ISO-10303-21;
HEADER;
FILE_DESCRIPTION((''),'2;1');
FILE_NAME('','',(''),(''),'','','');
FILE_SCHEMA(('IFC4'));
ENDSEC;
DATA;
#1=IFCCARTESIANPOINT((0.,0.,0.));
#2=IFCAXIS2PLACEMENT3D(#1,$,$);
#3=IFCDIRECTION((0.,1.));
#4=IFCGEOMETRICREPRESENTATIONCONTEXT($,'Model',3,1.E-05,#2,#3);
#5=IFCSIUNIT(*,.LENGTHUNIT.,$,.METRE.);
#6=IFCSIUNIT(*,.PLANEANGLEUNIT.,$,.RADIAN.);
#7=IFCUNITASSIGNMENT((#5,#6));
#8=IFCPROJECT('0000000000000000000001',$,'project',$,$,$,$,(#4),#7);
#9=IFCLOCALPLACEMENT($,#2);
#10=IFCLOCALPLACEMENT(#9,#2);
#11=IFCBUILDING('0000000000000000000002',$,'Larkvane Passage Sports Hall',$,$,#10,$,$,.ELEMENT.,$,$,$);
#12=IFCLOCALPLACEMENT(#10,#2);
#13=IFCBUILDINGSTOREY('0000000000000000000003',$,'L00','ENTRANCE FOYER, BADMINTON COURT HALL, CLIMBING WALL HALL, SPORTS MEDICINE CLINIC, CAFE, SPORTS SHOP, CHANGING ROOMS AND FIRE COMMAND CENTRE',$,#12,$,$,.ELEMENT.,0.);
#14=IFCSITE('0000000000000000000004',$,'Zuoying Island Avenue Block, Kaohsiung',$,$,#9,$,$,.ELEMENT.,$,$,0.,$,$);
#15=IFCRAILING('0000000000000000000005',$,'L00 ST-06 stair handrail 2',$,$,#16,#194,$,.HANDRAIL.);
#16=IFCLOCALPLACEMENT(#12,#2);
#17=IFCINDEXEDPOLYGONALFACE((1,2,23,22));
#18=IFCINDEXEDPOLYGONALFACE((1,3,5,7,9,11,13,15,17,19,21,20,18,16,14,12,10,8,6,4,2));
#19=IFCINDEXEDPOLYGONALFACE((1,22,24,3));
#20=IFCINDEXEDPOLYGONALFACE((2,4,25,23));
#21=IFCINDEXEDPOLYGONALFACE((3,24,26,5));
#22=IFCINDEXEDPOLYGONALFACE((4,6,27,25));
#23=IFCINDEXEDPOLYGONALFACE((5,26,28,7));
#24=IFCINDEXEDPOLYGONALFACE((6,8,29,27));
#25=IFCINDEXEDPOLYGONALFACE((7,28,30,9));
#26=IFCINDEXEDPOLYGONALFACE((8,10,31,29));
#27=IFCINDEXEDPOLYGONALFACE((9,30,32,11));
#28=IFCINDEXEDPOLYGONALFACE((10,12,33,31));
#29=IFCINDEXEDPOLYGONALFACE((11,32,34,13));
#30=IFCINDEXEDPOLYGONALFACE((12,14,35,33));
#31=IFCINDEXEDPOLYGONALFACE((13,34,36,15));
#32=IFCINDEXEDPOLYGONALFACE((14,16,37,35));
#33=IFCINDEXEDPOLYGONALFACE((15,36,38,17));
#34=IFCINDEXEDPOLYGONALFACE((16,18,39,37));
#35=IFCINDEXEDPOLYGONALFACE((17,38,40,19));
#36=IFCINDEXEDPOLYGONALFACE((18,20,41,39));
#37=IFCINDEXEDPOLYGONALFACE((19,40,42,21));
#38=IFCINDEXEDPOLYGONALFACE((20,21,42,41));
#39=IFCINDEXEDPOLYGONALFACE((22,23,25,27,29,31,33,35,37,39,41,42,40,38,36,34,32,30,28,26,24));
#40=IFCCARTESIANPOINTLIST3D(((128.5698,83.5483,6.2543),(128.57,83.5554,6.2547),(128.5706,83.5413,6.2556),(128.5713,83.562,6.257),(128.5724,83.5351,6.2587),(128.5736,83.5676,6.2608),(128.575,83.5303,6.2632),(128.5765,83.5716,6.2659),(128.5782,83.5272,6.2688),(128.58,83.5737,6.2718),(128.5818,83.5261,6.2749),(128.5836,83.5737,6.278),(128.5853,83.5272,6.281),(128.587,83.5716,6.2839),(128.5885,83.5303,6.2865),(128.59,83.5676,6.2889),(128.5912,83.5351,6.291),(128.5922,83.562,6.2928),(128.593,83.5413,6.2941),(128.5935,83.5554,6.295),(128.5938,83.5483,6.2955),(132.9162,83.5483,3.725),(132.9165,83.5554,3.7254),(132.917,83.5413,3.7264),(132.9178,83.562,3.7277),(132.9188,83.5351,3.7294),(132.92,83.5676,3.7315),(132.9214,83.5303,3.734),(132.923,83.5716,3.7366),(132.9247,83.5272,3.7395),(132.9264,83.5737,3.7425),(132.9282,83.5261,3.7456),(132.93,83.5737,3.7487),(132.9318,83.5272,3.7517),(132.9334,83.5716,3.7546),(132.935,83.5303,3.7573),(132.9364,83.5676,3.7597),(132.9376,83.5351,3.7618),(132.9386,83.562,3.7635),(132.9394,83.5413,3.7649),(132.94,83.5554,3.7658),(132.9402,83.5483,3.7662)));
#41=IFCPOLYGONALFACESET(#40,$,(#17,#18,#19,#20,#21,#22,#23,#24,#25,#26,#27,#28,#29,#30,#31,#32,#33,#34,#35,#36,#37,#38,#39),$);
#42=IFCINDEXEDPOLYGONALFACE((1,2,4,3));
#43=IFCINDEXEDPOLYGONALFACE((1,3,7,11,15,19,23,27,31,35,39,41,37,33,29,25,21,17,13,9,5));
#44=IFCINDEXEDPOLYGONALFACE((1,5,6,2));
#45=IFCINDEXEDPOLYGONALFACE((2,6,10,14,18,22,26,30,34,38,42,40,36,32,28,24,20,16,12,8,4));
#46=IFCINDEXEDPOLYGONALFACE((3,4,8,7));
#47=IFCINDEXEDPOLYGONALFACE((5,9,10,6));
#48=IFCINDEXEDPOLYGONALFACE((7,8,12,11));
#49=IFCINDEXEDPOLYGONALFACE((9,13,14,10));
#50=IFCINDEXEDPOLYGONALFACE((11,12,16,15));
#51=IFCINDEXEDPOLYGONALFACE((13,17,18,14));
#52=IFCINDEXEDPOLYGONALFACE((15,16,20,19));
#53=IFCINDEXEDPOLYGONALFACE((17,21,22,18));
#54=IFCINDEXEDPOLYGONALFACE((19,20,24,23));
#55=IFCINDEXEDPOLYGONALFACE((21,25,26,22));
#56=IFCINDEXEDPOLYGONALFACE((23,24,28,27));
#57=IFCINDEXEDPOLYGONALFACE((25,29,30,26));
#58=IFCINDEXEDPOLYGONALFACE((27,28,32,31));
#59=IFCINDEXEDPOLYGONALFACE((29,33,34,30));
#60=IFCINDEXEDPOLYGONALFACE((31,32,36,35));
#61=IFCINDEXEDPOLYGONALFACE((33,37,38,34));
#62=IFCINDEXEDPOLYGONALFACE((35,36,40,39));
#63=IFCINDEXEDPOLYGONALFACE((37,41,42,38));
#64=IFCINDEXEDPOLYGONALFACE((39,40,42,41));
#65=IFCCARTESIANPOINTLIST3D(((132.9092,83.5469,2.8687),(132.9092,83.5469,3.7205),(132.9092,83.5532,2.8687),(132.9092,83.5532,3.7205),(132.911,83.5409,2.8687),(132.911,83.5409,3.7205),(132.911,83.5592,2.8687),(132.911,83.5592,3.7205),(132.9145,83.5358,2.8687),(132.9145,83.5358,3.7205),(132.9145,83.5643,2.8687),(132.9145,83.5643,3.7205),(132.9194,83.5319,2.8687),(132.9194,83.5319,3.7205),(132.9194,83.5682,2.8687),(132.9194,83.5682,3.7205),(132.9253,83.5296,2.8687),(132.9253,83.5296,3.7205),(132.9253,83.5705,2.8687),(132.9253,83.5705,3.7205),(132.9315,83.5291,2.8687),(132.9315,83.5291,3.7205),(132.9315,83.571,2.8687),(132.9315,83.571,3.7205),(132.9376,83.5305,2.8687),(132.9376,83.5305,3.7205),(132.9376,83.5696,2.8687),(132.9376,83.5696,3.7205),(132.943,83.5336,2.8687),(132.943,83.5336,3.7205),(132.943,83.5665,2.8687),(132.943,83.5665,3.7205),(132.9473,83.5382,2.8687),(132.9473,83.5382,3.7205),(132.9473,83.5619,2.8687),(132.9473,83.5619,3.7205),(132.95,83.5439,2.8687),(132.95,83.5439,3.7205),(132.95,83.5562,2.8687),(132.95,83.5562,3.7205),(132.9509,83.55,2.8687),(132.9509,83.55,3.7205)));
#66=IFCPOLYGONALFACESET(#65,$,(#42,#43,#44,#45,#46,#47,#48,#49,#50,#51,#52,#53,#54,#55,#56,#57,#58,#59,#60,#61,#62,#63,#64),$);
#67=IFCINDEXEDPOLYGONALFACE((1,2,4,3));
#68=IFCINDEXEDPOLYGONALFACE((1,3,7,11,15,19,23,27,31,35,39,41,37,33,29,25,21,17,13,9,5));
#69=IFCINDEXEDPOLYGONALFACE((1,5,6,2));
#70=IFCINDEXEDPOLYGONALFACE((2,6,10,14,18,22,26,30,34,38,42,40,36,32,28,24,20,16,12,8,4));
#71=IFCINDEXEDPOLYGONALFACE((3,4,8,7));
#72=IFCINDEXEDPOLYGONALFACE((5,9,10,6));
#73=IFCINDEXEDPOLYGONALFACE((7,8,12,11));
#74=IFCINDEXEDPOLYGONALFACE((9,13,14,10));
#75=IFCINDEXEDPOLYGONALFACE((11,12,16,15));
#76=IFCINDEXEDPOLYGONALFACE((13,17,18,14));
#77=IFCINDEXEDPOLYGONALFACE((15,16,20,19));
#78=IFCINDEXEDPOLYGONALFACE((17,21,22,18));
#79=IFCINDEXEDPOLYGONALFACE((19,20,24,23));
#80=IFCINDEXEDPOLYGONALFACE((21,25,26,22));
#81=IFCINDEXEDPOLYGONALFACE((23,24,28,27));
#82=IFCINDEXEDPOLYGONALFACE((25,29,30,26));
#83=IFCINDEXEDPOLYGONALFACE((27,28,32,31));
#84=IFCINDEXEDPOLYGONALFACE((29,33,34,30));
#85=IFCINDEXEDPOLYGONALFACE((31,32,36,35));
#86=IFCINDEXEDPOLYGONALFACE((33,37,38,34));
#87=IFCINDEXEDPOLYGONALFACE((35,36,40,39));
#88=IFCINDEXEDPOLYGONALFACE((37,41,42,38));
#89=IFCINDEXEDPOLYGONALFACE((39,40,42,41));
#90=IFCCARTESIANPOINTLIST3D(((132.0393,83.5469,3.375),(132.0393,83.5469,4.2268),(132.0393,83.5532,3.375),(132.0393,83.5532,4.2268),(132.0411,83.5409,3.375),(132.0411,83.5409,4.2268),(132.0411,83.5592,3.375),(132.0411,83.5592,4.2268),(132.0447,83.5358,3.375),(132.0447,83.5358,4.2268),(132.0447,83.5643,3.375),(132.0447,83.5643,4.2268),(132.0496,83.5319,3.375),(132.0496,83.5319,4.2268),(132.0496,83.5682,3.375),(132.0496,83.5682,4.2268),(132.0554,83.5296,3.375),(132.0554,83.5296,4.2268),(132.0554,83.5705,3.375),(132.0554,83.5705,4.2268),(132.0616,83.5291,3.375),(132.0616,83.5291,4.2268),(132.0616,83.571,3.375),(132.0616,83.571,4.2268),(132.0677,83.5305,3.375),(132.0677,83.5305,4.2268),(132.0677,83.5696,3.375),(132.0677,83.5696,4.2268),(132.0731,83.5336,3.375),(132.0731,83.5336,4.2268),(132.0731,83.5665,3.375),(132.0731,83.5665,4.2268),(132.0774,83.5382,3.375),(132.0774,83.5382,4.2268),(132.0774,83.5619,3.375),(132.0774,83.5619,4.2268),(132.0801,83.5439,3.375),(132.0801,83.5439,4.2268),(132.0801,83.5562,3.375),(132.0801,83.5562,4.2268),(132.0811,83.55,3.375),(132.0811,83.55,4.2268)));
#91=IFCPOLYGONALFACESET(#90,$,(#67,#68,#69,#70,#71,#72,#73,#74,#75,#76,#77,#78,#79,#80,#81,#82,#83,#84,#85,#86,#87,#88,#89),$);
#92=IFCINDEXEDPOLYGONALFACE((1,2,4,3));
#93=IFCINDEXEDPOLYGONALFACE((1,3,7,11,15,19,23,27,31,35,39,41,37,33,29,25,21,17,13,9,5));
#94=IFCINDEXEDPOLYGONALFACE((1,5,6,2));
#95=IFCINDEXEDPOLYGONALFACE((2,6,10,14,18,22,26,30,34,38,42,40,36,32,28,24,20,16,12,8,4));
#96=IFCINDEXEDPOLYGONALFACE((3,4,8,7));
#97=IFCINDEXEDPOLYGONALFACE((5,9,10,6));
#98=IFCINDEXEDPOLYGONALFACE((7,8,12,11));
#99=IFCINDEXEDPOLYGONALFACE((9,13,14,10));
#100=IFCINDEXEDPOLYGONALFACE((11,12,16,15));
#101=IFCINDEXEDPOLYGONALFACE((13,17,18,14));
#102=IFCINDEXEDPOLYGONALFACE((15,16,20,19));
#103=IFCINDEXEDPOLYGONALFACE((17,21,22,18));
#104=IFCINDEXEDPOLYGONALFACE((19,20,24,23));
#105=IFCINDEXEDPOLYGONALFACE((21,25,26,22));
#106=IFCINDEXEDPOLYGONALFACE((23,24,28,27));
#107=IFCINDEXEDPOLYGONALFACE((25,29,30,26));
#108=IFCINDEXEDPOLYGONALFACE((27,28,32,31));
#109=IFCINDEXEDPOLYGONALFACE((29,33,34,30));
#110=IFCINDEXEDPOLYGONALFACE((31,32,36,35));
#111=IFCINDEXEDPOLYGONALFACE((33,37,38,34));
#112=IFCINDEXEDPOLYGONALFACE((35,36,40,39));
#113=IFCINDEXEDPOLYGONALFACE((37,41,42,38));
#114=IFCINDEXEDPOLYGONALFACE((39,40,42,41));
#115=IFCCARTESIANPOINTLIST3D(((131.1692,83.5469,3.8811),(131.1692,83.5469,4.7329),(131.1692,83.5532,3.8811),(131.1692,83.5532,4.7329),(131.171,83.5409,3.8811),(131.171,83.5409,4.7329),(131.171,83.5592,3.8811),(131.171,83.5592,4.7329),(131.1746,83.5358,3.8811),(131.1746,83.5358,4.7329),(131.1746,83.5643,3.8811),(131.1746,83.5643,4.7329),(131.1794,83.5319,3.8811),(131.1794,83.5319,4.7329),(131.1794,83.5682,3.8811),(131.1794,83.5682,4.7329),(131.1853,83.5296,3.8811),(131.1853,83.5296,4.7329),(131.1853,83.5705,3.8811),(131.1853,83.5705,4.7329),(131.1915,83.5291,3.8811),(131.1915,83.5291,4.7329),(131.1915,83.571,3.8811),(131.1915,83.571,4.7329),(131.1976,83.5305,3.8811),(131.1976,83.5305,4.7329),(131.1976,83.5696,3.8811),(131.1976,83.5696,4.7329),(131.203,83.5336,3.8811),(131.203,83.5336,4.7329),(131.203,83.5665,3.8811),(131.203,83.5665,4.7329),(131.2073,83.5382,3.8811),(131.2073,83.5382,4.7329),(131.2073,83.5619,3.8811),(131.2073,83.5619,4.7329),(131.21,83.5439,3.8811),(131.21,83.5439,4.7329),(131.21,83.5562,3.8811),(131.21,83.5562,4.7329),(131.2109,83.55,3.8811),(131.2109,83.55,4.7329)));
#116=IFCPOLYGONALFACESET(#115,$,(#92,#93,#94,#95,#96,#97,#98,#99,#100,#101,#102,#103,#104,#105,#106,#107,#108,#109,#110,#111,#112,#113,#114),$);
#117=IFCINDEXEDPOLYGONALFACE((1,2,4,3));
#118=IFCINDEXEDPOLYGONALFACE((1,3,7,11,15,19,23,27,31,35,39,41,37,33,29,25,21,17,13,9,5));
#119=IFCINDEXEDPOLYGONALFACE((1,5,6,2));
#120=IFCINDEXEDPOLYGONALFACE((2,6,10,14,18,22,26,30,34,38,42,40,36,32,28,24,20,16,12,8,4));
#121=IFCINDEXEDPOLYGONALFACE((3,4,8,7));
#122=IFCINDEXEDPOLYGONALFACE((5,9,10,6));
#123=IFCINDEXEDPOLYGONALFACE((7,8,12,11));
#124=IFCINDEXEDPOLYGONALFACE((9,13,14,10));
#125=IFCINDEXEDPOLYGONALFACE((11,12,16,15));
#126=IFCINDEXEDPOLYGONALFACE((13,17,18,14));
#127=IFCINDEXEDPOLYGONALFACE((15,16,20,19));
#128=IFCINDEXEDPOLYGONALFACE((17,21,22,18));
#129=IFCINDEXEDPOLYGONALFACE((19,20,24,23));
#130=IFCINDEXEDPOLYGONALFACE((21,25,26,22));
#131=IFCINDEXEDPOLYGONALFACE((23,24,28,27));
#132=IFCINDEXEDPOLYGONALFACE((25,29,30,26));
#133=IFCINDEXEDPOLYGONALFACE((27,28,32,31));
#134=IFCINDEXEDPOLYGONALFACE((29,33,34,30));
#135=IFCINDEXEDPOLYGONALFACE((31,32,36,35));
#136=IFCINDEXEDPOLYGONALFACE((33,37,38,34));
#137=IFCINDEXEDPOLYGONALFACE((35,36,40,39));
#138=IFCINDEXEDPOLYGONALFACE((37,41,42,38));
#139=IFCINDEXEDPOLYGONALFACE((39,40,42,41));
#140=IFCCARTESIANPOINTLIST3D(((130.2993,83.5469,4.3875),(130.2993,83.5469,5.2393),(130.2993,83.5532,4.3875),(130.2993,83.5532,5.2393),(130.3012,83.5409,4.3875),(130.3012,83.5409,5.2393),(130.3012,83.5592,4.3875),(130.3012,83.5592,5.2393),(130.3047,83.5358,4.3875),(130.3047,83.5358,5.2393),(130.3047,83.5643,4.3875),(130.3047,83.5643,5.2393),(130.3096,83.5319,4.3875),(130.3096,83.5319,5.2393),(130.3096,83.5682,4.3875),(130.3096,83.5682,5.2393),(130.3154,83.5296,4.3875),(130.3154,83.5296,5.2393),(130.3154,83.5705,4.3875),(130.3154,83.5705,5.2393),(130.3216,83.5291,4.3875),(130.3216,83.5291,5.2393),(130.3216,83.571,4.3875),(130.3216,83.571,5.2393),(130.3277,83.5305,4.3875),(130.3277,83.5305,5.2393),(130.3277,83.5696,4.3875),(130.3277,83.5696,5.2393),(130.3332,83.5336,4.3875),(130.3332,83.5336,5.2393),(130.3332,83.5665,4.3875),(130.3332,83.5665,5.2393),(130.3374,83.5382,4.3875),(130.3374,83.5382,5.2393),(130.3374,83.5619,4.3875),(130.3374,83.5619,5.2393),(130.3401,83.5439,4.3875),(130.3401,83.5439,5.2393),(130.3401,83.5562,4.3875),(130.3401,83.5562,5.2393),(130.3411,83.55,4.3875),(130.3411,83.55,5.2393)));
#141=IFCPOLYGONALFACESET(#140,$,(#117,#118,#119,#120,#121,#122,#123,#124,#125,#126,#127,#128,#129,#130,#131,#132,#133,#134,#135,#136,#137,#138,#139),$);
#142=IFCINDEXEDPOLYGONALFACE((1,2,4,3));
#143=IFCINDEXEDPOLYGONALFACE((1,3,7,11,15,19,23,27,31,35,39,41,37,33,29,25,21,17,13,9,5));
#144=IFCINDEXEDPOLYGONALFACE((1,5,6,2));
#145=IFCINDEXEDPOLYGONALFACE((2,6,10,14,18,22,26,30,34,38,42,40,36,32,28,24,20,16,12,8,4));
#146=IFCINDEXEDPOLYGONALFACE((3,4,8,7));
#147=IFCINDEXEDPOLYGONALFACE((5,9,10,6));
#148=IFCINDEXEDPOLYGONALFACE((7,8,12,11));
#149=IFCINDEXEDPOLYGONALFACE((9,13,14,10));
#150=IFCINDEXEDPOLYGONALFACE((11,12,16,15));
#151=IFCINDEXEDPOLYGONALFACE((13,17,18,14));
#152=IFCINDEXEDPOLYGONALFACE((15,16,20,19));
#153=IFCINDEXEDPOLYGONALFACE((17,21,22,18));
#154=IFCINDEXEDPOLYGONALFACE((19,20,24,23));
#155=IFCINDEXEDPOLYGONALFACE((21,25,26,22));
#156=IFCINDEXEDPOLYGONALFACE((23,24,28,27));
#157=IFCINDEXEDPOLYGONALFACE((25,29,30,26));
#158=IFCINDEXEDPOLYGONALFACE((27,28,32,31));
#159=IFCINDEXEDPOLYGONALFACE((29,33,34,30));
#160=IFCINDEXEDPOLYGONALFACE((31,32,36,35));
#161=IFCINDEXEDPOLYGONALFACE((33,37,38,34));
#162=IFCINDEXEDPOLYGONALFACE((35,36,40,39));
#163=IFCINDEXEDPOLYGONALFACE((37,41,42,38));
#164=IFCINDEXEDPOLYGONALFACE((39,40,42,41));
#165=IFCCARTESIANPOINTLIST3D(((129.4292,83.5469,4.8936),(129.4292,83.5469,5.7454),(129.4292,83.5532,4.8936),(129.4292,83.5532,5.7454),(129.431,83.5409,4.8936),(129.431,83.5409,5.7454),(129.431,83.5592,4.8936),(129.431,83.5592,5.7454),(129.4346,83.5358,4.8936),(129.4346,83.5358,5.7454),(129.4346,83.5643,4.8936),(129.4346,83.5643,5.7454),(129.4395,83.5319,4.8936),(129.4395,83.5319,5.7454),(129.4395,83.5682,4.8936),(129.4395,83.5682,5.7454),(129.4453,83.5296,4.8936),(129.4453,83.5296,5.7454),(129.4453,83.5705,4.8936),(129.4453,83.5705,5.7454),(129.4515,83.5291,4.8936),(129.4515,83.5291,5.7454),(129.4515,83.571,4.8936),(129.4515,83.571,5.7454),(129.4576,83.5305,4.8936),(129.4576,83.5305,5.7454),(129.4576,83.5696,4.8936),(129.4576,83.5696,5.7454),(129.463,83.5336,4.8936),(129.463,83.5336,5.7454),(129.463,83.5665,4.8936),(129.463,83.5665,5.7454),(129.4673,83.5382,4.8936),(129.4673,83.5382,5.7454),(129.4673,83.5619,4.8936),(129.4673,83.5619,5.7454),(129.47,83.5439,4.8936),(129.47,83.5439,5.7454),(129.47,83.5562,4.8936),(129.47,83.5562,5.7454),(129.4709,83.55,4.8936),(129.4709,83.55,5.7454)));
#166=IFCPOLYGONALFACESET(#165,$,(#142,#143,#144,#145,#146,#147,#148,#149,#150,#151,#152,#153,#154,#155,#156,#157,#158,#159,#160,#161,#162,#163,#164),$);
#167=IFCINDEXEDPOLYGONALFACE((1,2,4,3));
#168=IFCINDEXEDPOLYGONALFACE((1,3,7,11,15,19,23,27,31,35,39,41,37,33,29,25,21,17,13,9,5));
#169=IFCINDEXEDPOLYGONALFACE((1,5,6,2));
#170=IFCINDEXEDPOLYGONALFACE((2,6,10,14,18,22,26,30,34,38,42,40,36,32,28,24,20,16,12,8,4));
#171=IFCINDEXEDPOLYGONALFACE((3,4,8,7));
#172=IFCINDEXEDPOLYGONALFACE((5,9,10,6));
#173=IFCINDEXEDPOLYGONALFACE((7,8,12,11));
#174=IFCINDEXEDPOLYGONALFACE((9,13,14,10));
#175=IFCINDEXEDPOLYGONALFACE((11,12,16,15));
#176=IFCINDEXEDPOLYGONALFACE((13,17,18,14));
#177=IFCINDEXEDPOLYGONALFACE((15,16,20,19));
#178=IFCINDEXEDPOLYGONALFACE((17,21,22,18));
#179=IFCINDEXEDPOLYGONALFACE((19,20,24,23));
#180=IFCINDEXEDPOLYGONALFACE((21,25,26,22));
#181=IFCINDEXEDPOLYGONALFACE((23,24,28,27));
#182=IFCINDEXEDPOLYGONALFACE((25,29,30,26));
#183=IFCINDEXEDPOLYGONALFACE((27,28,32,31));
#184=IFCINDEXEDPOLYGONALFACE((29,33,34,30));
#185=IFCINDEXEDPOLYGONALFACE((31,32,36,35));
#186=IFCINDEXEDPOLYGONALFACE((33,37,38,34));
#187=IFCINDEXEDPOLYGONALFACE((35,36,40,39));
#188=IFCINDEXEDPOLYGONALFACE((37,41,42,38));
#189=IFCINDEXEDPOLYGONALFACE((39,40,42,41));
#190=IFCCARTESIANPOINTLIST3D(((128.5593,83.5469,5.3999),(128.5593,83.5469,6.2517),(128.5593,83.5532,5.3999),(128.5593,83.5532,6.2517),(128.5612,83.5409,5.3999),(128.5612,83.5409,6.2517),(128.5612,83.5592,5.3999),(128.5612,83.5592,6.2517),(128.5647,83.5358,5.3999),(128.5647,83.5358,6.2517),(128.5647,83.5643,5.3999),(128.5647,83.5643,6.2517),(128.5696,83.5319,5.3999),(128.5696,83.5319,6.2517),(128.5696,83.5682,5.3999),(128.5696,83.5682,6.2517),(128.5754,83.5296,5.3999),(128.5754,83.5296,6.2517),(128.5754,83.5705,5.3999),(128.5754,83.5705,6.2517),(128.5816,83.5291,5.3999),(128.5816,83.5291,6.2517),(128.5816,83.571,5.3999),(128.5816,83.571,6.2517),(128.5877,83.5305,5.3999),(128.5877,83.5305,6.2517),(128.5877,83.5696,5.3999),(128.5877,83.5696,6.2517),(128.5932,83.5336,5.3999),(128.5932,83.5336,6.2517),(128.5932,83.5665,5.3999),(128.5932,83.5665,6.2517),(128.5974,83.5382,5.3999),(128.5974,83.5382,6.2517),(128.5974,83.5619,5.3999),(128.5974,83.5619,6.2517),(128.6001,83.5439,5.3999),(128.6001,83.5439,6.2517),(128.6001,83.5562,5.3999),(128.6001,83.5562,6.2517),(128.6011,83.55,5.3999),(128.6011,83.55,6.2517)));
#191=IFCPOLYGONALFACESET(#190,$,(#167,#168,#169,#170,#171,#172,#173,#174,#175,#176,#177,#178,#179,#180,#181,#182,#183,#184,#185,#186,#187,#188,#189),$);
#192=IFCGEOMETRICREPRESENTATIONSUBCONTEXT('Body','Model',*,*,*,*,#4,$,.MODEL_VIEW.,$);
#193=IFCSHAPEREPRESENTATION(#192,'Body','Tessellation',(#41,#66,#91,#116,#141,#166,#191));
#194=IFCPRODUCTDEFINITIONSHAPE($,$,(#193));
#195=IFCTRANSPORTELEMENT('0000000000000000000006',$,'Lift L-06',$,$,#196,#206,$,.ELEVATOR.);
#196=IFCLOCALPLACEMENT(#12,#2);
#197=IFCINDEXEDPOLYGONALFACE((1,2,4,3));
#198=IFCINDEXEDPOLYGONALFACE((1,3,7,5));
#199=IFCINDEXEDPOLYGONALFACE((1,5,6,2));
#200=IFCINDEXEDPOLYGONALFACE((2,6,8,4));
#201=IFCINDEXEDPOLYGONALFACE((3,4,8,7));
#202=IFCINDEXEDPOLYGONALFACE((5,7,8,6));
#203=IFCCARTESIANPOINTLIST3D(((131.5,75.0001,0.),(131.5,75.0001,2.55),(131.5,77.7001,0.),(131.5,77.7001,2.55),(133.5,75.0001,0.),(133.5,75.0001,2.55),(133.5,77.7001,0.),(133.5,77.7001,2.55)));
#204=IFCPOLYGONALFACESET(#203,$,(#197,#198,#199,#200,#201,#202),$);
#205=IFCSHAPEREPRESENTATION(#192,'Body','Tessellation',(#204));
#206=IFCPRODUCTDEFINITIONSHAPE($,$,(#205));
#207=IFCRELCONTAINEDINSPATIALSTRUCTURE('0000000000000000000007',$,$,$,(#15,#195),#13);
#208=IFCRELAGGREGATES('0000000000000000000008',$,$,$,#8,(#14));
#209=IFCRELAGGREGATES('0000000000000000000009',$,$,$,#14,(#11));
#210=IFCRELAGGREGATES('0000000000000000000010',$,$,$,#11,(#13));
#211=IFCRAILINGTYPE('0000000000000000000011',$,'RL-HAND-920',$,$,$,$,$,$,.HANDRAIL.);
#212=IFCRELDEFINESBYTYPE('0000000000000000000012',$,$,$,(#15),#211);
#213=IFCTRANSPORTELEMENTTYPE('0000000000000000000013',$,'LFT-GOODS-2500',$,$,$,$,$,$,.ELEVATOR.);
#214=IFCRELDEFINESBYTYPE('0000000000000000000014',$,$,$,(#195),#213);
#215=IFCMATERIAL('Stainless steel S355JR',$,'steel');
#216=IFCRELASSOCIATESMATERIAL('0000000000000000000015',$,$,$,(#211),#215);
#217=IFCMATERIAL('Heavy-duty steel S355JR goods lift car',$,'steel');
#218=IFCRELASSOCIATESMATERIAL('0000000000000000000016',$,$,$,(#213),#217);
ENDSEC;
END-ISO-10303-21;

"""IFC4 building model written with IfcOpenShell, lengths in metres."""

from ifc_helpers import new_model, si_unit, direction, frame, origin, origin_2d, place, context, subcontext, project, spatial, rectangle, circle, extrude, material, type_object, element, save


model = new_model("IFC4")

# Units and contexts
model_context = context("Model", 3, precision=1e-05, world=origin(), true_north=direction((0.0, 1.0)))
body_context = subcontext(model_context, "Body", "Model", "MODEL_VIEW")
ifc_project = project(units=[si_unit("LENGTHUNIT", "METRE"), si_unit("PLANEANGLEUNIT", "RADIAN")], contexts=[model_context])

# Site, building, storey
site_placement = place(None, origin())
site = spatial("IfcSite", under=ifc_project, at=site_placement, Name="Zuoying Island Avenue Block, Kaohsiung", CompositionType="ELEMENT", RefElevation=0.0)
building_placement = place(site_placement, origin())
building = spatial("IfcBuilding", under=site, at=building_placement, Name="Larkvane Passage Sports Hall", CompositionType="ELEMENT")
storey_placement = place(building_placement, origin())
storey = spatial("IfcBuildingStorey", under=building, at=storey_placement, Name="L00", Description="ENTRANCE FOYER, BADMINTON COURT HALL, CLIMBING WALL HALL, SPORTS MEDICINE CLINIC, CAFE, SPORTS SHOP, CHANGING ROOMS AND FIRE COMMAND CENTRE", CompositionType="ELEMENT", Elevation=0.0)

# Railing
ifc_material_1 = material(Name="Stainless steel S355JR", Category="steel")
railing_type_1 = type_object("IfcRailingType", Name="RL-HAND-920", PredefinedType="HANDRAIL", material=ifc_material_1)
railing_1_placement = place(storey_placement, frame((132.9299, 83.55, 2.8687)))
element("IfcRailing", 1, at=railing_1_placement, inside=storey, type_object=railing_type_1, Name="L00 ST-06 stair handrail 2", PredefinedType="HANDRAIL", context=body_context, shape_type="SweptSolid", body=[
    extrude(circle(Radius=0.0239, at=origin_2d()), frame((-0.0017, 0.0, 0.877), z_axis=(-0.864312, 0.0, 0.502957), x_axis=(0.0, -1.0, 0.0)), (0.0, 0.0, 1.0), 5.0288),
    extrude(circle(Radius=0.021, at=origin_2d()), origin(), (0.0, 0.0, 1.0), 0.8518),
    extrude(circle(Radius=0.021, at=origin_2d()), frame((-0.8699, 0.0, 0.5063)), (0.0, 0.0, 1.0), 0.8518),
    extrude(circle(Radius=0.021, at=origin_2d()), frame((-1.74, 0.0, 1.0125)), (0.0, 0.0, 1.0), 0.8518),
    extrude(circle(Radius=0.021, at=origin_2d()), frame((-2.6099, 0.0, 1.5188)), (0.0, 0.0, 1.0), 0.8518),
    extrude(circle(Radius=0.021, at=origin_2d()), frame((-3.48, 0.0, 2.0249)), (0.0, 0.0, 1.0), 0.8518),
    extrude(circle(Radius=0.021, at=origin_2d()), frame((-4.3499, 0.0, 2.5312)), (0.0, 0.0, 1.0), 0.8518),
])

# Transport element
ifc_material_2 = material(Name="Heavy-duty steel S355JR goods lift car", Category="steel")
transport_element_type = type_object("IfcTransportElementType", Name="LFT-GOODS-2500", PredefinedType="ELEVATOR", material=ifc_material_2)
transport_element_placement = place(storey_placement, frame((132.5, 76.3501, 0.0), z_axis=(0.0, 0.0, 1.0), x_axis=(1.0, 0.0, 0.0)))
element("IfcTransportElement", 2, at=transport_element_placement, inside=storey, type_object=transport_element_type, Name="Lift L-06", PredefinedType="ELEVATOR", context=body_context, shape_type="SweptSolid", body=[
    extrude(rectangle(XDim=2.0, YDim=2.7, at=origin_2d()), origin(), (0.0, 0.0, 1.0), 2.55),
])

save(model, "model.ifc")
